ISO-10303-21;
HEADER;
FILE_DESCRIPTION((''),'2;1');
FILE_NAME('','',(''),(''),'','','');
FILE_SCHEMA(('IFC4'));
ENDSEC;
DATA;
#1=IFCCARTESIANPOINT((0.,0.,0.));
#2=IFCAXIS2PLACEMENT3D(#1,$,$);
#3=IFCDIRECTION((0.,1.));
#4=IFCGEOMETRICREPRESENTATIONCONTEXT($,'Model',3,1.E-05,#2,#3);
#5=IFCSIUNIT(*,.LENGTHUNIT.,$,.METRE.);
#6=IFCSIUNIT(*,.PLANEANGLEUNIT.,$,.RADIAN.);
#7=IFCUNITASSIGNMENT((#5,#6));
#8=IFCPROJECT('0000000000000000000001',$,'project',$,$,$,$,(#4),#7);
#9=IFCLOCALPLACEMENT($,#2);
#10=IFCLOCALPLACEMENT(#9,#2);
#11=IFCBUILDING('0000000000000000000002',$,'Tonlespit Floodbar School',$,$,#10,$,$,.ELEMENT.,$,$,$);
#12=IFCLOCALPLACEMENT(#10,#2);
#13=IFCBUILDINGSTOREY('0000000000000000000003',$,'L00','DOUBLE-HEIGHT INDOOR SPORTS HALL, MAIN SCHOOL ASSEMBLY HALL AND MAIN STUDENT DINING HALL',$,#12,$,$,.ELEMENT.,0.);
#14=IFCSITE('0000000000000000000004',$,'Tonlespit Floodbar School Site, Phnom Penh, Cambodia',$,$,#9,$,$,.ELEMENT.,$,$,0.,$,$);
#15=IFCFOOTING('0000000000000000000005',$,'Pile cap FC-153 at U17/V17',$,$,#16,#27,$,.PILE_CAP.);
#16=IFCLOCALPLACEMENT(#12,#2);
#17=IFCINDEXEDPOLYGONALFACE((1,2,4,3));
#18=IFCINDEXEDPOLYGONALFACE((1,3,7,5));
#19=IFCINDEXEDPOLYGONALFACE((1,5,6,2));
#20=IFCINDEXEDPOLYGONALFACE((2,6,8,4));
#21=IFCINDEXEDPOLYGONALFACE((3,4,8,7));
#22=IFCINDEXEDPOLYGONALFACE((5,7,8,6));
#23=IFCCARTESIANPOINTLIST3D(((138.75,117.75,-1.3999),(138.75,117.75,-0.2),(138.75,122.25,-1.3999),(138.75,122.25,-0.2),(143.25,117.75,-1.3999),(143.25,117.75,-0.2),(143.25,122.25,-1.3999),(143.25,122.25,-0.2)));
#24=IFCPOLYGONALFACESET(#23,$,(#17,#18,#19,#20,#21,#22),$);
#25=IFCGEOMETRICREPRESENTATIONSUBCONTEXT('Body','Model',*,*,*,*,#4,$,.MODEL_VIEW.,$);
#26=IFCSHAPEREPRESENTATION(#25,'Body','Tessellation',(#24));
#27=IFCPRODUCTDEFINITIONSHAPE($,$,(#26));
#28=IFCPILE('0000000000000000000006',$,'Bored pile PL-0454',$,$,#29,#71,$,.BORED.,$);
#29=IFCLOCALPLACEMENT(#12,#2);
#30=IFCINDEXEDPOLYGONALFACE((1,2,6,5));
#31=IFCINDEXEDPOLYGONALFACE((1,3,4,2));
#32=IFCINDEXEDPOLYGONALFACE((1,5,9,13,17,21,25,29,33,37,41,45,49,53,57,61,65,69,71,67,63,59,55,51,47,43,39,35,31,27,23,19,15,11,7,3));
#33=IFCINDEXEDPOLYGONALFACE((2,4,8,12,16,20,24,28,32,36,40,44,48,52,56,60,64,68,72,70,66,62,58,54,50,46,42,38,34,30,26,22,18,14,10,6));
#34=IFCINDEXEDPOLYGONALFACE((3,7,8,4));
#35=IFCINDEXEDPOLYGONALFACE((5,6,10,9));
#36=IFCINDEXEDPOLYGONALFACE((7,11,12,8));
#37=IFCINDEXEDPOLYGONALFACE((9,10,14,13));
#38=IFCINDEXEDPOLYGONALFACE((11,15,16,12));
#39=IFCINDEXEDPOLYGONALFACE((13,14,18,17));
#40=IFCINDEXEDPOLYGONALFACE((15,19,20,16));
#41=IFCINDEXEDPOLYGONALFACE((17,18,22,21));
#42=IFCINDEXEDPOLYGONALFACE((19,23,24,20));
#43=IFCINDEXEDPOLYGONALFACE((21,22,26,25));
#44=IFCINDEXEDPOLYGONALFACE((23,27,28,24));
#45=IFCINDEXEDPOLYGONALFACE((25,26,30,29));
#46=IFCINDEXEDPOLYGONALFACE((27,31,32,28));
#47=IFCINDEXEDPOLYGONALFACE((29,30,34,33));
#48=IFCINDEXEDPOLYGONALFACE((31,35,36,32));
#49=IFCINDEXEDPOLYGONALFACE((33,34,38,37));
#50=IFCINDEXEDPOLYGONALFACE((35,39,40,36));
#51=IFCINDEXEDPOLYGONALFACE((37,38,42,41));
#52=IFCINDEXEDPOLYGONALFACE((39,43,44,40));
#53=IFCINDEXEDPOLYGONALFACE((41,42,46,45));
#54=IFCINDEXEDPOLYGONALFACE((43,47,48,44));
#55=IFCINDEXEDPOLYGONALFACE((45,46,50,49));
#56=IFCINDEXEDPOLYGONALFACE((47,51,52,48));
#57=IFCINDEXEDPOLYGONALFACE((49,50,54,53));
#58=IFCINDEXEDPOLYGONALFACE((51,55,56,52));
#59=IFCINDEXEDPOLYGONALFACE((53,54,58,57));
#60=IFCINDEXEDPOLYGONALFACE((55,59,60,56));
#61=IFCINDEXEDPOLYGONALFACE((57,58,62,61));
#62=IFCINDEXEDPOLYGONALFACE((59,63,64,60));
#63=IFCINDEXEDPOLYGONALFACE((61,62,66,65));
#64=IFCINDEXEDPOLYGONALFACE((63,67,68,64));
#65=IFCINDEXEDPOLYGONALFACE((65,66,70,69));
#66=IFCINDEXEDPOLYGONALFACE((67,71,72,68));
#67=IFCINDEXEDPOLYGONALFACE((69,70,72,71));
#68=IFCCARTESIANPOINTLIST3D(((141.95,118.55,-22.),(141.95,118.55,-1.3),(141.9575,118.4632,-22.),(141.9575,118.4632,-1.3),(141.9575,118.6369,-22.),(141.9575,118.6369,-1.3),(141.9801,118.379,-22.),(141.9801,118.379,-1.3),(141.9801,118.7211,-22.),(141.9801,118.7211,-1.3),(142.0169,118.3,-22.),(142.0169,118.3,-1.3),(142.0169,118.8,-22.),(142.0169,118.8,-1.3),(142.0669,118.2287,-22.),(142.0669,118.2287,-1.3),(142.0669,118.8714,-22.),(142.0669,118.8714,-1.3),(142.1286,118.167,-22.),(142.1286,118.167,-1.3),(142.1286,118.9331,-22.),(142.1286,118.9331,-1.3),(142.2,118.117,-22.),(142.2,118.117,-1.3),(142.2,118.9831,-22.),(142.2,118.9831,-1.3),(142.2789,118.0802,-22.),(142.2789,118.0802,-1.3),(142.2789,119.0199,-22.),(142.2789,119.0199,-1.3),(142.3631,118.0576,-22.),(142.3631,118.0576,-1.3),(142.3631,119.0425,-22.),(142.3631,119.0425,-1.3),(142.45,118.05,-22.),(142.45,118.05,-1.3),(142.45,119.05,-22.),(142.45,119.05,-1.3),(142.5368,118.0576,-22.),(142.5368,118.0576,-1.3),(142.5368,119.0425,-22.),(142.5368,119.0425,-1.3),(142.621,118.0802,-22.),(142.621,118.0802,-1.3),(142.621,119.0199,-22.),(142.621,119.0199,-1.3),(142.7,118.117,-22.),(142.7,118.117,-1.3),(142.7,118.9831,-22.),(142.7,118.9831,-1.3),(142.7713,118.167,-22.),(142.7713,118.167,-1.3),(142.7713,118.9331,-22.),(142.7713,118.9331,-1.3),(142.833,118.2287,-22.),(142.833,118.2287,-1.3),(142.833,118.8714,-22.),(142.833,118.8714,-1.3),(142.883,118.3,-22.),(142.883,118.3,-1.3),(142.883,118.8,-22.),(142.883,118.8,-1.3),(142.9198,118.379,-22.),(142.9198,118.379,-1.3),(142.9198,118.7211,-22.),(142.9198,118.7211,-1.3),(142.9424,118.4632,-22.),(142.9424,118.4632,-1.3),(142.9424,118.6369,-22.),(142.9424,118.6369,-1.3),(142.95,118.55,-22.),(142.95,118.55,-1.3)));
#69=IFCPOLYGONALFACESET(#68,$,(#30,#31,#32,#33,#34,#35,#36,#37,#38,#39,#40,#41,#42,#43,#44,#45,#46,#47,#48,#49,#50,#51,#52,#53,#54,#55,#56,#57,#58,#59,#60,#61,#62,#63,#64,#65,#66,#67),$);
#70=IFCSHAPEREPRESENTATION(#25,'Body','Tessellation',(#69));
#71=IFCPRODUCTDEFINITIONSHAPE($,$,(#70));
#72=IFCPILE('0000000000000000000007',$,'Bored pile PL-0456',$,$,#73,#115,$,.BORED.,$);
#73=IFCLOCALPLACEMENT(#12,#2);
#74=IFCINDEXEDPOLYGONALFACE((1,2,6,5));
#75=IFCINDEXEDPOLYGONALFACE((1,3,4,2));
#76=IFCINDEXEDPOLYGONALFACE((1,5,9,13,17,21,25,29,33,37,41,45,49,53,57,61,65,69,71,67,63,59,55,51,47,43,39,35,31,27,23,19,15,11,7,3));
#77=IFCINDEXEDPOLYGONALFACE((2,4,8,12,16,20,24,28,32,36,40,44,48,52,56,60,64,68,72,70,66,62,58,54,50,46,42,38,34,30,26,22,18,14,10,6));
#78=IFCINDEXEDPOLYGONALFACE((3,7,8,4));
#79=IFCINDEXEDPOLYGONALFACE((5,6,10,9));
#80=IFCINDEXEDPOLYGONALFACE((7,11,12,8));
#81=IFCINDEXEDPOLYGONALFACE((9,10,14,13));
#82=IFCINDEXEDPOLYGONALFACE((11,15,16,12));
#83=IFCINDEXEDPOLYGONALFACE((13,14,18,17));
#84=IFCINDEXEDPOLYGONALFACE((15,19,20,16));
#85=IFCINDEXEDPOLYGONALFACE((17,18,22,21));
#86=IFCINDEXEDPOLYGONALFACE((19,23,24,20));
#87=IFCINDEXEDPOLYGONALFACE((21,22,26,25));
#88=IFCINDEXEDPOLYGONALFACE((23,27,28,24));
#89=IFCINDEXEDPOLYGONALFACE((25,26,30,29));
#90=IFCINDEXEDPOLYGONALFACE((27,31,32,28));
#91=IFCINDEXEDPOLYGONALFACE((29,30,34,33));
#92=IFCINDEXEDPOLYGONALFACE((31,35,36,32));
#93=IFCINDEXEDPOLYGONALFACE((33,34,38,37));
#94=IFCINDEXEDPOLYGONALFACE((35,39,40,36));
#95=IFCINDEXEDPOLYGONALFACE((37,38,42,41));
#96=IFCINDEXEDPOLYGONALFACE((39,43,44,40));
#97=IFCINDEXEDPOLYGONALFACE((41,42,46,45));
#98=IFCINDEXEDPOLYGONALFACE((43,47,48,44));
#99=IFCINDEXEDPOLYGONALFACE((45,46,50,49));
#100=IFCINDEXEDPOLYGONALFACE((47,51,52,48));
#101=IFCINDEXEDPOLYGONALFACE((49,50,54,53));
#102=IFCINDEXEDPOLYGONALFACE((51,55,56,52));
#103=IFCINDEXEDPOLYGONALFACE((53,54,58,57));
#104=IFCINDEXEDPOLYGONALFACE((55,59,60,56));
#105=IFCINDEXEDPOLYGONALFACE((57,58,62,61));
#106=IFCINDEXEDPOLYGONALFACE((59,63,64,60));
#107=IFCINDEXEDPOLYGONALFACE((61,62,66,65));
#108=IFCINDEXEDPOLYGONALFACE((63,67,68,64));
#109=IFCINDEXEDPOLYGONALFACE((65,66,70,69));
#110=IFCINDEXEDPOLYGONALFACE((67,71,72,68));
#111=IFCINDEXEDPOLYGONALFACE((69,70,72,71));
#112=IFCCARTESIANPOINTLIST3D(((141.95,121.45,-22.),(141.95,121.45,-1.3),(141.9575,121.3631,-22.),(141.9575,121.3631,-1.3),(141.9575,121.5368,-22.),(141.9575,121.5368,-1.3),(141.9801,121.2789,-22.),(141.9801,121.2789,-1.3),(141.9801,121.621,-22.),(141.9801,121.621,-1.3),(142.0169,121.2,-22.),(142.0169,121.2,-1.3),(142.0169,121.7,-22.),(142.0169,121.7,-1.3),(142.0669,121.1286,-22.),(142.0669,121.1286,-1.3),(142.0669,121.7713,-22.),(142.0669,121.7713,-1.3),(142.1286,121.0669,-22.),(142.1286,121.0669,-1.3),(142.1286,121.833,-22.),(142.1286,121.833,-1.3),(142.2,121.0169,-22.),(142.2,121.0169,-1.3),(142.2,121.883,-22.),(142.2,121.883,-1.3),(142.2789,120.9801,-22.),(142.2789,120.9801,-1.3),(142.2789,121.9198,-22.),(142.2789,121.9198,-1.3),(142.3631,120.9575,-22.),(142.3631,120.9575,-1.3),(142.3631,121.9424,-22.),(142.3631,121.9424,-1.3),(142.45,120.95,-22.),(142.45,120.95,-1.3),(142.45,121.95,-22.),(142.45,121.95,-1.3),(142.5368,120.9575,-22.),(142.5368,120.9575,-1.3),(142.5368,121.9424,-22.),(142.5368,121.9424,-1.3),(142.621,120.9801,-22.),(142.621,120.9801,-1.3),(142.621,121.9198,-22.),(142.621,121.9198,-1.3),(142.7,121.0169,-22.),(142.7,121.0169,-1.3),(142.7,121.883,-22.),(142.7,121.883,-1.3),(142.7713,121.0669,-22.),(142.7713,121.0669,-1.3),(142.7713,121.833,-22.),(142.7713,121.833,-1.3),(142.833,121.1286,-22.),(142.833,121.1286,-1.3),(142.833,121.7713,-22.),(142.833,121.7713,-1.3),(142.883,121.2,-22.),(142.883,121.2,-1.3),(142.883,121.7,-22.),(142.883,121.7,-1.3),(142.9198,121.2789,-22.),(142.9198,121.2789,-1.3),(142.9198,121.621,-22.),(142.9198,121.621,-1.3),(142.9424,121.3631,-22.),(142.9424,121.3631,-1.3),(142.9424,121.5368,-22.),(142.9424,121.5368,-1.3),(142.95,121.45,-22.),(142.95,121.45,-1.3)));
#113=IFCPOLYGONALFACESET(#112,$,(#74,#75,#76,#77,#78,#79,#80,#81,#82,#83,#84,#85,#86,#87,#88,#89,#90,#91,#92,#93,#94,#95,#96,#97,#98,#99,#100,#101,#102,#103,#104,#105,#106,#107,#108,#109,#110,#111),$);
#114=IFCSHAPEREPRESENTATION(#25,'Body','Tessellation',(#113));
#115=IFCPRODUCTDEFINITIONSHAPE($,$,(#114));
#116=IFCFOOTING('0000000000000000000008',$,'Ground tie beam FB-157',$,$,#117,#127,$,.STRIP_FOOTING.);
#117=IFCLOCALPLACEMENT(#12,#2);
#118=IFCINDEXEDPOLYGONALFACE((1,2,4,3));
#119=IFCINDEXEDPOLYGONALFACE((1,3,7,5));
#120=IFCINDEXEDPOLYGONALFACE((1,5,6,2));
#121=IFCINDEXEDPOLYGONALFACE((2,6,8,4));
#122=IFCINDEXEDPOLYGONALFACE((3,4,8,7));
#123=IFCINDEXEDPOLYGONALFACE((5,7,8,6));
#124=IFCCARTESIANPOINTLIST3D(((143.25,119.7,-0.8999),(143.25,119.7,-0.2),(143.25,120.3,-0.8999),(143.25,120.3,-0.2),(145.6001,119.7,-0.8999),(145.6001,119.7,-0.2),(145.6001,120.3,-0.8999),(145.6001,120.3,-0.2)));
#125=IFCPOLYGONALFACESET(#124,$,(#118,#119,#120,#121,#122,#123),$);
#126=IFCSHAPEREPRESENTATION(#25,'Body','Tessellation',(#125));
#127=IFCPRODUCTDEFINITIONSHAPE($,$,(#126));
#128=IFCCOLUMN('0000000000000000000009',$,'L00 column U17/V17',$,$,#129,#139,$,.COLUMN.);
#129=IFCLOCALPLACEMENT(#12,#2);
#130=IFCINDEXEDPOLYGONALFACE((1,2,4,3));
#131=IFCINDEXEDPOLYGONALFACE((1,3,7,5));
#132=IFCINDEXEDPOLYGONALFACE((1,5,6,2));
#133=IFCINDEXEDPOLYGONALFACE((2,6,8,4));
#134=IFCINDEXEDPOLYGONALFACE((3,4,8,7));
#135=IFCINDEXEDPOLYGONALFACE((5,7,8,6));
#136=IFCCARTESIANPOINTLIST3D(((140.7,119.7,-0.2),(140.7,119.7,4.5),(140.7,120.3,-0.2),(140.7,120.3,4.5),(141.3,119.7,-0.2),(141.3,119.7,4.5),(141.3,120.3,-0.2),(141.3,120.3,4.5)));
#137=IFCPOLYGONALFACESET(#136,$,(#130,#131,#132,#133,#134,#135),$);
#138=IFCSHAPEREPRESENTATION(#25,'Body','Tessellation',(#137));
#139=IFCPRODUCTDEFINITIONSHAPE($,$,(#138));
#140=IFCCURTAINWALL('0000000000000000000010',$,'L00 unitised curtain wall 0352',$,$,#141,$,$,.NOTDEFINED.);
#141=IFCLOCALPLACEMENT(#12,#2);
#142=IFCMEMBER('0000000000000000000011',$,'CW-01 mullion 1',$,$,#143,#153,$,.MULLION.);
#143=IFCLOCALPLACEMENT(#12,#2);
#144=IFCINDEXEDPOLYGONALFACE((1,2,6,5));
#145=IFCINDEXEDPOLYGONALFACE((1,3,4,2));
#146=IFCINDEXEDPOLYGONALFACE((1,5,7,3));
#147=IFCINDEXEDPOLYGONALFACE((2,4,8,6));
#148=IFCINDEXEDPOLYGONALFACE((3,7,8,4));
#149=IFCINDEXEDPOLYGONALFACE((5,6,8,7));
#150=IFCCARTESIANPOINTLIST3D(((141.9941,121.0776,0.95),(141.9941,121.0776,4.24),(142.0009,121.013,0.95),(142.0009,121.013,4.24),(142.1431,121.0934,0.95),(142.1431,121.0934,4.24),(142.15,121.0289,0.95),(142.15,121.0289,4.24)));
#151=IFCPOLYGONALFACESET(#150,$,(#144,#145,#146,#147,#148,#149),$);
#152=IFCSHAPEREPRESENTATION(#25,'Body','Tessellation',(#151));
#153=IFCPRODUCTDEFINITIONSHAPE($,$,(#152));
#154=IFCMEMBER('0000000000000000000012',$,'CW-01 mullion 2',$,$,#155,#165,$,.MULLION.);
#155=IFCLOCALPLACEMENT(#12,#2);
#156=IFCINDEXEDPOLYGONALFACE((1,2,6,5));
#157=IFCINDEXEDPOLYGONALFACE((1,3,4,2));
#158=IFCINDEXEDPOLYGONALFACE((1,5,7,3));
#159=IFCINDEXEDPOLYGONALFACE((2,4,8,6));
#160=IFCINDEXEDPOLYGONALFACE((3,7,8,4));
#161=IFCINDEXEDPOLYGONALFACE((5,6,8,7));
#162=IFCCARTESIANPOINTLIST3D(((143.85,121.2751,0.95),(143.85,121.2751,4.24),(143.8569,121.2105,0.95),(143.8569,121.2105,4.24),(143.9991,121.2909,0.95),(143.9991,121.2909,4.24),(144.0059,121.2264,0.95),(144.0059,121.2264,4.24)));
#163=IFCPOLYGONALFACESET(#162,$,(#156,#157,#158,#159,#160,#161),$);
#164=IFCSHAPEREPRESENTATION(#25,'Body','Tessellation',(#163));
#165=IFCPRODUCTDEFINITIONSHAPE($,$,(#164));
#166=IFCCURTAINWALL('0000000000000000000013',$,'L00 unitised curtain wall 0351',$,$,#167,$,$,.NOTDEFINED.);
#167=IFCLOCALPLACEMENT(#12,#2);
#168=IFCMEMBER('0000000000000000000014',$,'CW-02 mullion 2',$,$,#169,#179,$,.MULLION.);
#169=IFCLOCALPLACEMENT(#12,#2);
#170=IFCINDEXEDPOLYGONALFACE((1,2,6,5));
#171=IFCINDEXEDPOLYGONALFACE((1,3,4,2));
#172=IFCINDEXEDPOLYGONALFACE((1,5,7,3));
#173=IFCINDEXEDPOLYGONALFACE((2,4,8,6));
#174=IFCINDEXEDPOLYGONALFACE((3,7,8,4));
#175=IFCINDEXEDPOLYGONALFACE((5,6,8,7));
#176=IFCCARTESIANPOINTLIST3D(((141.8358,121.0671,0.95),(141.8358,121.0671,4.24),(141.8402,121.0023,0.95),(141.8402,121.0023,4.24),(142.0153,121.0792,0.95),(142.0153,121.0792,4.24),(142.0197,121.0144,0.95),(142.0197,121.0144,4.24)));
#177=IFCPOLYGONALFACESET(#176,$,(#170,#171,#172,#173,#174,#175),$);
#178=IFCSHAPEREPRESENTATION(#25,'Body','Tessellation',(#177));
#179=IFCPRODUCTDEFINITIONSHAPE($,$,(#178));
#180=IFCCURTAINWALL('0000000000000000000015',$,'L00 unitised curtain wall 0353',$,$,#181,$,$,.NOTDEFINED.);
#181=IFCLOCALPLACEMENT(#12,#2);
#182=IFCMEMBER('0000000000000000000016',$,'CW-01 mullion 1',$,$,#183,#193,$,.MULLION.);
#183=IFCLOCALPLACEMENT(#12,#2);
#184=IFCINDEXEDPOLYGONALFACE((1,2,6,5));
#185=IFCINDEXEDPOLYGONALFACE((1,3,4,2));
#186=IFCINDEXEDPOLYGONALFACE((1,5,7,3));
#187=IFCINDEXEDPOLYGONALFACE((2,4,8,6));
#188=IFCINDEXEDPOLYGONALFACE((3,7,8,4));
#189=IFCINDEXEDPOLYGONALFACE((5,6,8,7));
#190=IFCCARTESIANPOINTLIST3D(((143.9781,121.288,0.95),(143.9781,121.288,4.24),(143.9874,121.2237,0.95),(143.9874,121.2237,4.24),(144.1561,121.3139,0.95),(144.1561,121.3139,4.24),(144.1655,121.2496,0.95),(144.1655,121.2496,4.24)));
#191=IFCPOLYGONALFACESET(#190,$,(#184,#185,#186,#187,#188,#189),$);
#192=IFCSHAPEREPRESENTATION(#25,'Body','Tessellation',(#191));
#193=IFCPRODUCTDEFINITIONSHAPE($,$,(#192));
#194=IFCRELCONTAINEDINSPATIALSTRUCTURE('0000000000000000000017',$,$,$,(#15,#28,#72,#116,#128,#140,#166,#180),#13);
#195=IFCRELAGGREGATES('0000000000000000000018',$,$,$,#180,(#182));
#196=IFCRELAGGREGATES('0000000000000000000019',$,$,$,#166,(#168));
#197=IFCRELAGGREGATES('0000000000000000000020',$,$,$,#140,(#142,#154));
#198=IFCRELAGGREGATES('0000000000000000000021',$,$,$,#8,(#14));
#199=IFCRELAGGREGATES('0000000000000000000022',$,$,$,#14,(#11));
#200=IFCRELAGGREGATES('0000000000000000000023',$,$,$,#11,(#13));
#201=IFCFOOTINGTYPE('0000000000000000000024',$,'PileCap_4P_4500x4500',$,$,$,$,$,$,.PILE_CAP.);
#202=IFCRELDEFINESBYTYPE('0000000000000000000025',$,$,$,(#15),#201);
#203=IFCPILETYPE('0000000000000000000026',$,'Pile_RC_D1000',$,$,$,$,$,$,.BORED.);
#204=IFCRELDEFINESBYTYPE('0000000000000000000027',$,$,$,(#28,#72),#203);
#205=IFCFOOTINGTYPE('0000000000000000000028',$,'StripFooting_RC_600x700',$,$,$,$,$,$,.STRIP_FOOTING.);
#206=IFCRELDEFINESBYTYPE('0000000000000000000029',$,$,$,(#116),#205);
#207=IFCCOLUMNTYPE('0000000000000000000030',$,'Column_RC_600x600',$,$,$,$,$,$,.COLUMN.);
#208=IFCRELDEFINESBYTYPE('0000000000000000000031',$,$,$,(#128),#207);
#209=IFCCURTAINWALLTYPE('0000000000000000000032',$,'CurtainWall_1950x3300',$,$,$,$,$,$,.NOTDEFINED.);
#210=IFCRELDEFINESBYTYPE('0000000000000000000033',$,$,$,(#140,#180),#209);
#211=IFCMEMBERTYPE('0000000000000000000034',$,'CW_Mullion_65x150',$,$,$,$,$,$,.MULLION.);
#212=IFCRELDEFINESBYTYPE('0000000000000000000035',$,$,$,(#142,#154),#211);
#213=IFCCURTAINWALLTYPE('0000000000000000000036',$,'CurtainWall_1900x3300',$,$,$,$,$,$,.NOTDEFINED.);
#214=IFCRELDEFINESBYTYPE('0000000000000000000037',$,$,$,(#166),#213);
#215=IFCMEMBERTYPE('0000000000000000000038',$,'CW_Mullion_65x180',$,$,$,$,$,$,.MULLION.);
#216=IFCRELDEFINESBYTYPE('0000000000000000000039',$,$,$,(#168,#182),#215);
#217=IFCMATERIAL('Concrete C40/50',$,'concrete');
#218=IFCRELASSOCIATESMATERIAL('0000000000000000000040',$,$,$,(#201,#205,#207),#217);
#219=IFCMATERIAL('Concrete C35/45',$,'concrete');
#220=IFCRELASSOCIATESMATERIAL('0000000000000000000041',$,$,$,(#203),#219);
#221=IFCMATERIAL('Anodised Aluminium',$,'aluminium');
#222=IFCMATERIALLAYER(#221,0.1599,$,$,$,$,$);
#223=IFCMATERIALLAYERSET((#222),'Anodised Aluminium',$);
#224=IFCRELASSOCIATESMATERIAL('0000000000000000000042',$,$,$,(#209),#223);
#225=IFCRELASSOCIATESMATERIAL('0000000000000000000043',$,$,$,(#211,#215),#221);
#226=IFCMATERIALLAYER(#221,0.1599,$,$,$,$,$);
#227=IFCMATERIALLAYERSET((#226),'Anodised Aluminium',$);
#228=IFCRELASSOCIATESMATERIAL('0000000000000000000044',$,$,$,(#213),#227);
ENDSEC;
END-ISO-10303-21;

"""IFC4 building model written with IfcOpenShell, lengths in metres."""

from ifc_helpers import new_model, si_unit, direction, frame, origin, origin_2d, place, context, subcontext, project, spatial, rectangle, circle, extrude, material, layer, layer_set, material_profile, profile_set, type_object, element, aggregate, save


model = new_model("IFC4")

# Units and contexts
model_context = context("Model", 3, precision=1e-05, world=origin(), true_north=direction((0.0, 1.0)))
body_context = subcontext(model_context, "Body", "Model", "MODEL_VIEW")
ifc_project = project(units=[si_unit("LENGTHUNIT", "METRE"), si_unit("PLANEANGLEUNIT", "RADIAN")], contexts=[model_context])

# Site, building, storey
site_placement = place(None, origin())
site = spatial("IfcSite", under=ifc_project, at=site_placement, Name="Tonlespit Floodbar School Site, Phnom Penh, Cambodia", CompositionType="ELEMENT", RefElevation=0.0)
building_placement = place(site_placement, origin())
building = spatial("IfcBuilding", under=site, at=building_placement, Name="Tonlespit Floodbar School", CompositionType="ELEMENT")
storey_placement = place(building_placement, origin())
storey = spatial("IfcBuildingStorey", under=building, at=storey_placement, Name="L00", Description="DOUBLE-HEIGHT INDOOR SPORTS HALL, MAIN SCHOOL ASSEMBLY HALL AND MAIN STUDENT DINING HALL", CompositionType="ELEMENT", Elevation=0.0)

# Footing
ifc_material_1 = material(Name="Concrete C40/50", Category="concrete")
footing_type_1 = type_object("IfcFootingType", Name="PileCap_4P_4500x4500", PredefinedType="PILE_CAP", material=ifc_material_1)
footing_1_placement = place(storey_placement, frame((141.0, 120.0, -1.3999), z_axis=(0.0, 0.0, 1.0), x_axis=(1.0, 0.0, 0.0)))
element("IfcFooting", 1, at=footing_1_placement, inside=storey, type_object=footing_type_1, Name="Pile cap FC-153 at U17/V17", PredefinedType="PILE_CAP", context=body_context, shape_type="SweptSolid", body=[
    extrude(rectangle(XDim=4.5, YDim=4.5, at=origin_2d()), origin(), (0.0, 0.0, 1.0), 1.2),
])

# Piles
ifc_material_2 = material(Name="Concrete C35/45", Category="concrete")
ifc_material_profile_1 = material_profile(ifc_material_2, circle(Radius=0.5, at=origin_2d()), Name="BP D1000")
ifc_profile_set_1 = profile_set([ifc_material_profile_1], Name="Concrete C35/45")
pile_type = type_object("IfcPileType", Name="Pile_RC_D1000", PredefinedType="BORED", material=ifc_profile_set_1)
for number, where, z_axis, x_axis, name in (
    (2, (142.45, 118.55, -1.3), (0.0, 0.0, -1.0), (1.0, 0.0, 0.0), "Bored pile PL-0454"),
    (3, (142.45, 121.45, -1.3), (0.0, 0.0, -1.0), (1.0, 0.0, 0.0), "Bored pile PL-0456"),
):
    element("IfcPile", number, at=place(storey_placement, frame(where, z_axis=z_axis, x_axis=x_axis)), inside=storey, type_object=pile_type, Name=name, PredefinedType="BORED", context=body_context, shape_type="SweptSolid", body=[
        extrude(circle(Radius=0.5, at=origin_2d()), origin(), (0.0, 0.0, 1.0), 20.7),
    ])

# Footing
footing_type_2 = type_object("IfcFootingType", Name="StripFooting_RC_600x700", PredefinedType="STRIP_FOOTING", material=ifc_material_1)
footing_2_placement = place(storey_placement, frame((144.425, 120.0, -0.8999), z_axis=(0.0, 0.0, 1.0), x_axis=(1.0, 0.0, 0.0)))
element("IfcFooting", 4, at=footing_2_placement, inside=storey, type_object=footing_type_2, Name="Ground tie beam FB-157", PredefinedType="STRIP_FOOTING", context=body_context, shape_type="SweptSolid", body=[
    extrude(rectangle(XDim=2.3501, YDim=0.6001, at=origin_2d()), origin(), (0.0, 0.0, 1.0), 0.7),
])

# Column
ifc_material_profile_2 = material_profile(ifc_material_1, rectangle(XDim=0.6001, YDim=0.6001, at=origin_2d()), Name="RC 600x600")
ifc_profile_set_2 = profile_set([ifc_material_profile_2], Name="Concrete C40/50")
column_type = type_object("IfcColumnType", Name="Column_RC_600x600", PredefinedType="COLUMN", material=ifc_profile_set_2)
column_placement = place(storey_placement, frame((141.0, 120.0, -0.2), z_axis=(0.0, 0.0, 1.0), x_axis=(1.0, 0.0, 0.0)))
element("IfcColumn", 5, at=column_placement, inside=storey, type_object=column_type, Name="L00 column U17/V17", PredefinedType="COLUMN", context=body_context, shape_type="SweptSolid", body=[
    extrude(rectangle(XDim=0.6001, YDim=0.6001, at=origin_2d()), origin(), (0.0, 0.0, 1.0), 4.7),
])

# Curtain wall, members
ifc_material_3 = material(Name="Anodised Aluminium", Category="aluminium")
ifc_layer_1 = layer(ifc_material_3, 0.1599)
ifc_layer_set_1 = layer_set([ifc_layer_1], Name="Anodised Aluminium")
curtain_wall_type_1 = type_object("IfcCurtainWallType", Name="CurtainWall_1950x3300", PredefinedType="NOTDEFINED", material=ifc_layer_set_1)
curtain_wall_1_placement = place(storey_placement, origin())
curtain_wall_1 = element("IfcCurtainWall", 6, at=curtain_wall_1_placement, inside=storey, type_object=curtain_wall_type_1, Name="L00 unitised curtain wall 0352", PredefinedType="NOTDEFINED")
ifc_material_profile_3 = material_profile(ifc_material_3, rectangle(XDim=0.0649, YDim=0.1499, at=origin_2d()), Name="ALU M65x150")
ifc_profile_set_3 = profile_set([ifc_material_profile_3], Name="Anodised Aluminium")
member_type_1 = type_object("IfcMemberType", Name="CW_Mullion_65x150", PredefinedType="MULLION", material=ifc_profile_set_3)
member_1_placement = place(storey_placement, frame((142.072, 121.0532, 0.95), z_axis=(0.0, 0.0, 1.0), x_axis=(-0.105787, 0.994389, 0.0)))
member_1 = element("IfcMember", 7, at=member_1_placement, type_object=member_type_1, Name="CW-01 mullion 1", PredefinedType="MULLION", context=body_context, shape_type="SweptSolid", body=[
    extrude(rectangle(XDim=0.0649, YDim=0.1499, at=origin_2d()), origin(), (0.0, 0.0, 1.0), 3.29),
])
member_2_placement = place(storey_placement, frame((143.928, 121.2507, 0.95), z_axis=(0.0, 0.0, 1.0), x_axis=(-0.105787, 0.994389, 0.0)))
member_2 = element("IfcMember", 8, at=member_2_placement, type_object=member_type_1, Name="CW-01 mullion 2", PredefinedType="MULLION", context=body_context, shape_type="SweptSolid", body=[
    extrude(rectangle(XDim=0.0649, YDim=0.1499, at=origin_2d()), origin(), (0.0, 0.0, 1.0), 3.29),
])

# Curtain wall, member
ifc_layer_2 = layer(ifc_material_3, 0.1599)
ifc_layer_set_2 = layer_set([ifc_layer_2], Name="Anodised Aluminium")
curtain_wall_type_2 = type_object("IfcCurtainWallType", Name="CurtainWall_1900x3300", PredefinedType="NOTDEFINED", material=ifc_layer_set_2)
curtain_wall_2_placement = place(storey_placement, origin())
curtain_wall_2 = element("IfcCurtainWall", 9, at=curtain_wall_2_placement, inside=storey, type_object=curtain_wall_type_2, Name="L00 unitised curtain wall 0351", PredefinedType="NOTDEFINED")
ifc_material_profile_4 = material_profile(ifc_material_3, rectangle(XDim=0.0649, YDim=0.1799, at=origin_2d()), Name="ALU M65x180")
ifc_profile_set_4 = profile_set([ifc_material_profile_4], Name="Anodised Aluminium")
member_type_2 = type_object("IfcMemberType", Name="CW_Mullion_65x180", PredefinedType="MULLION", material=ifc_profile_set_4)
member_3_placement = place(storey_placement, frame((141.9277, 121.0408, 0.95), z_axis=(0.0, 0.0, 1.0), x_axis=(-0.06734, 0.99773, 0.0)))
member_3 = element("IfcMember", 10, at=member_3_placement, type_object=member_type_2, Name="CW-02 mullion 2", PredefinedType="MULLION", context=body_context, shape_type="SweptSolid", body=[
    extrude(rectangle(XDim=0.0649, YDim=0.1799, at=origin_2d()), origin(), (0.0, 0.0, 1.0), 3.29),
])

# Curtain wall, member
curtain_wall_3_placement = place(storey_placement, origin())
curtain_wall_3 = element("IfcCurtainWall", 11, at=curtain_wall_3_placement, inside=storey, type_object=curtain_wall_type_1, Name="L00 unitised curtain wall 0353", PredefinedType="NOTDEFINED")
member_4_placement = place(storey_placement, frame((144.0718, 121.2688, 0.95), z_axis=(0.0, 0.0, 1.0), x_axis=(-0.144248, 0.989542, 0.0)))
member_4 = element("IfcMember", 12, at=member_4_placement, type_object=member_type_2, Name="CW-01 mullion 1", PredefinedType="MULLION", context=body_context, shape_type="SweptSolid", body=[
    extrude(rectangle(XDim=0.0649, YDim=0.1799, at=origin_2d()), origin(), (0.0, 0.0, 1.0), 3.29),
])

aggregate(curtain_wall_3, [member_4])
aggregate(curtain_wall_2, [member_3])
aggregate(curtain_wall_1, [member_1, member_2])

save(model, "model.ifc")
